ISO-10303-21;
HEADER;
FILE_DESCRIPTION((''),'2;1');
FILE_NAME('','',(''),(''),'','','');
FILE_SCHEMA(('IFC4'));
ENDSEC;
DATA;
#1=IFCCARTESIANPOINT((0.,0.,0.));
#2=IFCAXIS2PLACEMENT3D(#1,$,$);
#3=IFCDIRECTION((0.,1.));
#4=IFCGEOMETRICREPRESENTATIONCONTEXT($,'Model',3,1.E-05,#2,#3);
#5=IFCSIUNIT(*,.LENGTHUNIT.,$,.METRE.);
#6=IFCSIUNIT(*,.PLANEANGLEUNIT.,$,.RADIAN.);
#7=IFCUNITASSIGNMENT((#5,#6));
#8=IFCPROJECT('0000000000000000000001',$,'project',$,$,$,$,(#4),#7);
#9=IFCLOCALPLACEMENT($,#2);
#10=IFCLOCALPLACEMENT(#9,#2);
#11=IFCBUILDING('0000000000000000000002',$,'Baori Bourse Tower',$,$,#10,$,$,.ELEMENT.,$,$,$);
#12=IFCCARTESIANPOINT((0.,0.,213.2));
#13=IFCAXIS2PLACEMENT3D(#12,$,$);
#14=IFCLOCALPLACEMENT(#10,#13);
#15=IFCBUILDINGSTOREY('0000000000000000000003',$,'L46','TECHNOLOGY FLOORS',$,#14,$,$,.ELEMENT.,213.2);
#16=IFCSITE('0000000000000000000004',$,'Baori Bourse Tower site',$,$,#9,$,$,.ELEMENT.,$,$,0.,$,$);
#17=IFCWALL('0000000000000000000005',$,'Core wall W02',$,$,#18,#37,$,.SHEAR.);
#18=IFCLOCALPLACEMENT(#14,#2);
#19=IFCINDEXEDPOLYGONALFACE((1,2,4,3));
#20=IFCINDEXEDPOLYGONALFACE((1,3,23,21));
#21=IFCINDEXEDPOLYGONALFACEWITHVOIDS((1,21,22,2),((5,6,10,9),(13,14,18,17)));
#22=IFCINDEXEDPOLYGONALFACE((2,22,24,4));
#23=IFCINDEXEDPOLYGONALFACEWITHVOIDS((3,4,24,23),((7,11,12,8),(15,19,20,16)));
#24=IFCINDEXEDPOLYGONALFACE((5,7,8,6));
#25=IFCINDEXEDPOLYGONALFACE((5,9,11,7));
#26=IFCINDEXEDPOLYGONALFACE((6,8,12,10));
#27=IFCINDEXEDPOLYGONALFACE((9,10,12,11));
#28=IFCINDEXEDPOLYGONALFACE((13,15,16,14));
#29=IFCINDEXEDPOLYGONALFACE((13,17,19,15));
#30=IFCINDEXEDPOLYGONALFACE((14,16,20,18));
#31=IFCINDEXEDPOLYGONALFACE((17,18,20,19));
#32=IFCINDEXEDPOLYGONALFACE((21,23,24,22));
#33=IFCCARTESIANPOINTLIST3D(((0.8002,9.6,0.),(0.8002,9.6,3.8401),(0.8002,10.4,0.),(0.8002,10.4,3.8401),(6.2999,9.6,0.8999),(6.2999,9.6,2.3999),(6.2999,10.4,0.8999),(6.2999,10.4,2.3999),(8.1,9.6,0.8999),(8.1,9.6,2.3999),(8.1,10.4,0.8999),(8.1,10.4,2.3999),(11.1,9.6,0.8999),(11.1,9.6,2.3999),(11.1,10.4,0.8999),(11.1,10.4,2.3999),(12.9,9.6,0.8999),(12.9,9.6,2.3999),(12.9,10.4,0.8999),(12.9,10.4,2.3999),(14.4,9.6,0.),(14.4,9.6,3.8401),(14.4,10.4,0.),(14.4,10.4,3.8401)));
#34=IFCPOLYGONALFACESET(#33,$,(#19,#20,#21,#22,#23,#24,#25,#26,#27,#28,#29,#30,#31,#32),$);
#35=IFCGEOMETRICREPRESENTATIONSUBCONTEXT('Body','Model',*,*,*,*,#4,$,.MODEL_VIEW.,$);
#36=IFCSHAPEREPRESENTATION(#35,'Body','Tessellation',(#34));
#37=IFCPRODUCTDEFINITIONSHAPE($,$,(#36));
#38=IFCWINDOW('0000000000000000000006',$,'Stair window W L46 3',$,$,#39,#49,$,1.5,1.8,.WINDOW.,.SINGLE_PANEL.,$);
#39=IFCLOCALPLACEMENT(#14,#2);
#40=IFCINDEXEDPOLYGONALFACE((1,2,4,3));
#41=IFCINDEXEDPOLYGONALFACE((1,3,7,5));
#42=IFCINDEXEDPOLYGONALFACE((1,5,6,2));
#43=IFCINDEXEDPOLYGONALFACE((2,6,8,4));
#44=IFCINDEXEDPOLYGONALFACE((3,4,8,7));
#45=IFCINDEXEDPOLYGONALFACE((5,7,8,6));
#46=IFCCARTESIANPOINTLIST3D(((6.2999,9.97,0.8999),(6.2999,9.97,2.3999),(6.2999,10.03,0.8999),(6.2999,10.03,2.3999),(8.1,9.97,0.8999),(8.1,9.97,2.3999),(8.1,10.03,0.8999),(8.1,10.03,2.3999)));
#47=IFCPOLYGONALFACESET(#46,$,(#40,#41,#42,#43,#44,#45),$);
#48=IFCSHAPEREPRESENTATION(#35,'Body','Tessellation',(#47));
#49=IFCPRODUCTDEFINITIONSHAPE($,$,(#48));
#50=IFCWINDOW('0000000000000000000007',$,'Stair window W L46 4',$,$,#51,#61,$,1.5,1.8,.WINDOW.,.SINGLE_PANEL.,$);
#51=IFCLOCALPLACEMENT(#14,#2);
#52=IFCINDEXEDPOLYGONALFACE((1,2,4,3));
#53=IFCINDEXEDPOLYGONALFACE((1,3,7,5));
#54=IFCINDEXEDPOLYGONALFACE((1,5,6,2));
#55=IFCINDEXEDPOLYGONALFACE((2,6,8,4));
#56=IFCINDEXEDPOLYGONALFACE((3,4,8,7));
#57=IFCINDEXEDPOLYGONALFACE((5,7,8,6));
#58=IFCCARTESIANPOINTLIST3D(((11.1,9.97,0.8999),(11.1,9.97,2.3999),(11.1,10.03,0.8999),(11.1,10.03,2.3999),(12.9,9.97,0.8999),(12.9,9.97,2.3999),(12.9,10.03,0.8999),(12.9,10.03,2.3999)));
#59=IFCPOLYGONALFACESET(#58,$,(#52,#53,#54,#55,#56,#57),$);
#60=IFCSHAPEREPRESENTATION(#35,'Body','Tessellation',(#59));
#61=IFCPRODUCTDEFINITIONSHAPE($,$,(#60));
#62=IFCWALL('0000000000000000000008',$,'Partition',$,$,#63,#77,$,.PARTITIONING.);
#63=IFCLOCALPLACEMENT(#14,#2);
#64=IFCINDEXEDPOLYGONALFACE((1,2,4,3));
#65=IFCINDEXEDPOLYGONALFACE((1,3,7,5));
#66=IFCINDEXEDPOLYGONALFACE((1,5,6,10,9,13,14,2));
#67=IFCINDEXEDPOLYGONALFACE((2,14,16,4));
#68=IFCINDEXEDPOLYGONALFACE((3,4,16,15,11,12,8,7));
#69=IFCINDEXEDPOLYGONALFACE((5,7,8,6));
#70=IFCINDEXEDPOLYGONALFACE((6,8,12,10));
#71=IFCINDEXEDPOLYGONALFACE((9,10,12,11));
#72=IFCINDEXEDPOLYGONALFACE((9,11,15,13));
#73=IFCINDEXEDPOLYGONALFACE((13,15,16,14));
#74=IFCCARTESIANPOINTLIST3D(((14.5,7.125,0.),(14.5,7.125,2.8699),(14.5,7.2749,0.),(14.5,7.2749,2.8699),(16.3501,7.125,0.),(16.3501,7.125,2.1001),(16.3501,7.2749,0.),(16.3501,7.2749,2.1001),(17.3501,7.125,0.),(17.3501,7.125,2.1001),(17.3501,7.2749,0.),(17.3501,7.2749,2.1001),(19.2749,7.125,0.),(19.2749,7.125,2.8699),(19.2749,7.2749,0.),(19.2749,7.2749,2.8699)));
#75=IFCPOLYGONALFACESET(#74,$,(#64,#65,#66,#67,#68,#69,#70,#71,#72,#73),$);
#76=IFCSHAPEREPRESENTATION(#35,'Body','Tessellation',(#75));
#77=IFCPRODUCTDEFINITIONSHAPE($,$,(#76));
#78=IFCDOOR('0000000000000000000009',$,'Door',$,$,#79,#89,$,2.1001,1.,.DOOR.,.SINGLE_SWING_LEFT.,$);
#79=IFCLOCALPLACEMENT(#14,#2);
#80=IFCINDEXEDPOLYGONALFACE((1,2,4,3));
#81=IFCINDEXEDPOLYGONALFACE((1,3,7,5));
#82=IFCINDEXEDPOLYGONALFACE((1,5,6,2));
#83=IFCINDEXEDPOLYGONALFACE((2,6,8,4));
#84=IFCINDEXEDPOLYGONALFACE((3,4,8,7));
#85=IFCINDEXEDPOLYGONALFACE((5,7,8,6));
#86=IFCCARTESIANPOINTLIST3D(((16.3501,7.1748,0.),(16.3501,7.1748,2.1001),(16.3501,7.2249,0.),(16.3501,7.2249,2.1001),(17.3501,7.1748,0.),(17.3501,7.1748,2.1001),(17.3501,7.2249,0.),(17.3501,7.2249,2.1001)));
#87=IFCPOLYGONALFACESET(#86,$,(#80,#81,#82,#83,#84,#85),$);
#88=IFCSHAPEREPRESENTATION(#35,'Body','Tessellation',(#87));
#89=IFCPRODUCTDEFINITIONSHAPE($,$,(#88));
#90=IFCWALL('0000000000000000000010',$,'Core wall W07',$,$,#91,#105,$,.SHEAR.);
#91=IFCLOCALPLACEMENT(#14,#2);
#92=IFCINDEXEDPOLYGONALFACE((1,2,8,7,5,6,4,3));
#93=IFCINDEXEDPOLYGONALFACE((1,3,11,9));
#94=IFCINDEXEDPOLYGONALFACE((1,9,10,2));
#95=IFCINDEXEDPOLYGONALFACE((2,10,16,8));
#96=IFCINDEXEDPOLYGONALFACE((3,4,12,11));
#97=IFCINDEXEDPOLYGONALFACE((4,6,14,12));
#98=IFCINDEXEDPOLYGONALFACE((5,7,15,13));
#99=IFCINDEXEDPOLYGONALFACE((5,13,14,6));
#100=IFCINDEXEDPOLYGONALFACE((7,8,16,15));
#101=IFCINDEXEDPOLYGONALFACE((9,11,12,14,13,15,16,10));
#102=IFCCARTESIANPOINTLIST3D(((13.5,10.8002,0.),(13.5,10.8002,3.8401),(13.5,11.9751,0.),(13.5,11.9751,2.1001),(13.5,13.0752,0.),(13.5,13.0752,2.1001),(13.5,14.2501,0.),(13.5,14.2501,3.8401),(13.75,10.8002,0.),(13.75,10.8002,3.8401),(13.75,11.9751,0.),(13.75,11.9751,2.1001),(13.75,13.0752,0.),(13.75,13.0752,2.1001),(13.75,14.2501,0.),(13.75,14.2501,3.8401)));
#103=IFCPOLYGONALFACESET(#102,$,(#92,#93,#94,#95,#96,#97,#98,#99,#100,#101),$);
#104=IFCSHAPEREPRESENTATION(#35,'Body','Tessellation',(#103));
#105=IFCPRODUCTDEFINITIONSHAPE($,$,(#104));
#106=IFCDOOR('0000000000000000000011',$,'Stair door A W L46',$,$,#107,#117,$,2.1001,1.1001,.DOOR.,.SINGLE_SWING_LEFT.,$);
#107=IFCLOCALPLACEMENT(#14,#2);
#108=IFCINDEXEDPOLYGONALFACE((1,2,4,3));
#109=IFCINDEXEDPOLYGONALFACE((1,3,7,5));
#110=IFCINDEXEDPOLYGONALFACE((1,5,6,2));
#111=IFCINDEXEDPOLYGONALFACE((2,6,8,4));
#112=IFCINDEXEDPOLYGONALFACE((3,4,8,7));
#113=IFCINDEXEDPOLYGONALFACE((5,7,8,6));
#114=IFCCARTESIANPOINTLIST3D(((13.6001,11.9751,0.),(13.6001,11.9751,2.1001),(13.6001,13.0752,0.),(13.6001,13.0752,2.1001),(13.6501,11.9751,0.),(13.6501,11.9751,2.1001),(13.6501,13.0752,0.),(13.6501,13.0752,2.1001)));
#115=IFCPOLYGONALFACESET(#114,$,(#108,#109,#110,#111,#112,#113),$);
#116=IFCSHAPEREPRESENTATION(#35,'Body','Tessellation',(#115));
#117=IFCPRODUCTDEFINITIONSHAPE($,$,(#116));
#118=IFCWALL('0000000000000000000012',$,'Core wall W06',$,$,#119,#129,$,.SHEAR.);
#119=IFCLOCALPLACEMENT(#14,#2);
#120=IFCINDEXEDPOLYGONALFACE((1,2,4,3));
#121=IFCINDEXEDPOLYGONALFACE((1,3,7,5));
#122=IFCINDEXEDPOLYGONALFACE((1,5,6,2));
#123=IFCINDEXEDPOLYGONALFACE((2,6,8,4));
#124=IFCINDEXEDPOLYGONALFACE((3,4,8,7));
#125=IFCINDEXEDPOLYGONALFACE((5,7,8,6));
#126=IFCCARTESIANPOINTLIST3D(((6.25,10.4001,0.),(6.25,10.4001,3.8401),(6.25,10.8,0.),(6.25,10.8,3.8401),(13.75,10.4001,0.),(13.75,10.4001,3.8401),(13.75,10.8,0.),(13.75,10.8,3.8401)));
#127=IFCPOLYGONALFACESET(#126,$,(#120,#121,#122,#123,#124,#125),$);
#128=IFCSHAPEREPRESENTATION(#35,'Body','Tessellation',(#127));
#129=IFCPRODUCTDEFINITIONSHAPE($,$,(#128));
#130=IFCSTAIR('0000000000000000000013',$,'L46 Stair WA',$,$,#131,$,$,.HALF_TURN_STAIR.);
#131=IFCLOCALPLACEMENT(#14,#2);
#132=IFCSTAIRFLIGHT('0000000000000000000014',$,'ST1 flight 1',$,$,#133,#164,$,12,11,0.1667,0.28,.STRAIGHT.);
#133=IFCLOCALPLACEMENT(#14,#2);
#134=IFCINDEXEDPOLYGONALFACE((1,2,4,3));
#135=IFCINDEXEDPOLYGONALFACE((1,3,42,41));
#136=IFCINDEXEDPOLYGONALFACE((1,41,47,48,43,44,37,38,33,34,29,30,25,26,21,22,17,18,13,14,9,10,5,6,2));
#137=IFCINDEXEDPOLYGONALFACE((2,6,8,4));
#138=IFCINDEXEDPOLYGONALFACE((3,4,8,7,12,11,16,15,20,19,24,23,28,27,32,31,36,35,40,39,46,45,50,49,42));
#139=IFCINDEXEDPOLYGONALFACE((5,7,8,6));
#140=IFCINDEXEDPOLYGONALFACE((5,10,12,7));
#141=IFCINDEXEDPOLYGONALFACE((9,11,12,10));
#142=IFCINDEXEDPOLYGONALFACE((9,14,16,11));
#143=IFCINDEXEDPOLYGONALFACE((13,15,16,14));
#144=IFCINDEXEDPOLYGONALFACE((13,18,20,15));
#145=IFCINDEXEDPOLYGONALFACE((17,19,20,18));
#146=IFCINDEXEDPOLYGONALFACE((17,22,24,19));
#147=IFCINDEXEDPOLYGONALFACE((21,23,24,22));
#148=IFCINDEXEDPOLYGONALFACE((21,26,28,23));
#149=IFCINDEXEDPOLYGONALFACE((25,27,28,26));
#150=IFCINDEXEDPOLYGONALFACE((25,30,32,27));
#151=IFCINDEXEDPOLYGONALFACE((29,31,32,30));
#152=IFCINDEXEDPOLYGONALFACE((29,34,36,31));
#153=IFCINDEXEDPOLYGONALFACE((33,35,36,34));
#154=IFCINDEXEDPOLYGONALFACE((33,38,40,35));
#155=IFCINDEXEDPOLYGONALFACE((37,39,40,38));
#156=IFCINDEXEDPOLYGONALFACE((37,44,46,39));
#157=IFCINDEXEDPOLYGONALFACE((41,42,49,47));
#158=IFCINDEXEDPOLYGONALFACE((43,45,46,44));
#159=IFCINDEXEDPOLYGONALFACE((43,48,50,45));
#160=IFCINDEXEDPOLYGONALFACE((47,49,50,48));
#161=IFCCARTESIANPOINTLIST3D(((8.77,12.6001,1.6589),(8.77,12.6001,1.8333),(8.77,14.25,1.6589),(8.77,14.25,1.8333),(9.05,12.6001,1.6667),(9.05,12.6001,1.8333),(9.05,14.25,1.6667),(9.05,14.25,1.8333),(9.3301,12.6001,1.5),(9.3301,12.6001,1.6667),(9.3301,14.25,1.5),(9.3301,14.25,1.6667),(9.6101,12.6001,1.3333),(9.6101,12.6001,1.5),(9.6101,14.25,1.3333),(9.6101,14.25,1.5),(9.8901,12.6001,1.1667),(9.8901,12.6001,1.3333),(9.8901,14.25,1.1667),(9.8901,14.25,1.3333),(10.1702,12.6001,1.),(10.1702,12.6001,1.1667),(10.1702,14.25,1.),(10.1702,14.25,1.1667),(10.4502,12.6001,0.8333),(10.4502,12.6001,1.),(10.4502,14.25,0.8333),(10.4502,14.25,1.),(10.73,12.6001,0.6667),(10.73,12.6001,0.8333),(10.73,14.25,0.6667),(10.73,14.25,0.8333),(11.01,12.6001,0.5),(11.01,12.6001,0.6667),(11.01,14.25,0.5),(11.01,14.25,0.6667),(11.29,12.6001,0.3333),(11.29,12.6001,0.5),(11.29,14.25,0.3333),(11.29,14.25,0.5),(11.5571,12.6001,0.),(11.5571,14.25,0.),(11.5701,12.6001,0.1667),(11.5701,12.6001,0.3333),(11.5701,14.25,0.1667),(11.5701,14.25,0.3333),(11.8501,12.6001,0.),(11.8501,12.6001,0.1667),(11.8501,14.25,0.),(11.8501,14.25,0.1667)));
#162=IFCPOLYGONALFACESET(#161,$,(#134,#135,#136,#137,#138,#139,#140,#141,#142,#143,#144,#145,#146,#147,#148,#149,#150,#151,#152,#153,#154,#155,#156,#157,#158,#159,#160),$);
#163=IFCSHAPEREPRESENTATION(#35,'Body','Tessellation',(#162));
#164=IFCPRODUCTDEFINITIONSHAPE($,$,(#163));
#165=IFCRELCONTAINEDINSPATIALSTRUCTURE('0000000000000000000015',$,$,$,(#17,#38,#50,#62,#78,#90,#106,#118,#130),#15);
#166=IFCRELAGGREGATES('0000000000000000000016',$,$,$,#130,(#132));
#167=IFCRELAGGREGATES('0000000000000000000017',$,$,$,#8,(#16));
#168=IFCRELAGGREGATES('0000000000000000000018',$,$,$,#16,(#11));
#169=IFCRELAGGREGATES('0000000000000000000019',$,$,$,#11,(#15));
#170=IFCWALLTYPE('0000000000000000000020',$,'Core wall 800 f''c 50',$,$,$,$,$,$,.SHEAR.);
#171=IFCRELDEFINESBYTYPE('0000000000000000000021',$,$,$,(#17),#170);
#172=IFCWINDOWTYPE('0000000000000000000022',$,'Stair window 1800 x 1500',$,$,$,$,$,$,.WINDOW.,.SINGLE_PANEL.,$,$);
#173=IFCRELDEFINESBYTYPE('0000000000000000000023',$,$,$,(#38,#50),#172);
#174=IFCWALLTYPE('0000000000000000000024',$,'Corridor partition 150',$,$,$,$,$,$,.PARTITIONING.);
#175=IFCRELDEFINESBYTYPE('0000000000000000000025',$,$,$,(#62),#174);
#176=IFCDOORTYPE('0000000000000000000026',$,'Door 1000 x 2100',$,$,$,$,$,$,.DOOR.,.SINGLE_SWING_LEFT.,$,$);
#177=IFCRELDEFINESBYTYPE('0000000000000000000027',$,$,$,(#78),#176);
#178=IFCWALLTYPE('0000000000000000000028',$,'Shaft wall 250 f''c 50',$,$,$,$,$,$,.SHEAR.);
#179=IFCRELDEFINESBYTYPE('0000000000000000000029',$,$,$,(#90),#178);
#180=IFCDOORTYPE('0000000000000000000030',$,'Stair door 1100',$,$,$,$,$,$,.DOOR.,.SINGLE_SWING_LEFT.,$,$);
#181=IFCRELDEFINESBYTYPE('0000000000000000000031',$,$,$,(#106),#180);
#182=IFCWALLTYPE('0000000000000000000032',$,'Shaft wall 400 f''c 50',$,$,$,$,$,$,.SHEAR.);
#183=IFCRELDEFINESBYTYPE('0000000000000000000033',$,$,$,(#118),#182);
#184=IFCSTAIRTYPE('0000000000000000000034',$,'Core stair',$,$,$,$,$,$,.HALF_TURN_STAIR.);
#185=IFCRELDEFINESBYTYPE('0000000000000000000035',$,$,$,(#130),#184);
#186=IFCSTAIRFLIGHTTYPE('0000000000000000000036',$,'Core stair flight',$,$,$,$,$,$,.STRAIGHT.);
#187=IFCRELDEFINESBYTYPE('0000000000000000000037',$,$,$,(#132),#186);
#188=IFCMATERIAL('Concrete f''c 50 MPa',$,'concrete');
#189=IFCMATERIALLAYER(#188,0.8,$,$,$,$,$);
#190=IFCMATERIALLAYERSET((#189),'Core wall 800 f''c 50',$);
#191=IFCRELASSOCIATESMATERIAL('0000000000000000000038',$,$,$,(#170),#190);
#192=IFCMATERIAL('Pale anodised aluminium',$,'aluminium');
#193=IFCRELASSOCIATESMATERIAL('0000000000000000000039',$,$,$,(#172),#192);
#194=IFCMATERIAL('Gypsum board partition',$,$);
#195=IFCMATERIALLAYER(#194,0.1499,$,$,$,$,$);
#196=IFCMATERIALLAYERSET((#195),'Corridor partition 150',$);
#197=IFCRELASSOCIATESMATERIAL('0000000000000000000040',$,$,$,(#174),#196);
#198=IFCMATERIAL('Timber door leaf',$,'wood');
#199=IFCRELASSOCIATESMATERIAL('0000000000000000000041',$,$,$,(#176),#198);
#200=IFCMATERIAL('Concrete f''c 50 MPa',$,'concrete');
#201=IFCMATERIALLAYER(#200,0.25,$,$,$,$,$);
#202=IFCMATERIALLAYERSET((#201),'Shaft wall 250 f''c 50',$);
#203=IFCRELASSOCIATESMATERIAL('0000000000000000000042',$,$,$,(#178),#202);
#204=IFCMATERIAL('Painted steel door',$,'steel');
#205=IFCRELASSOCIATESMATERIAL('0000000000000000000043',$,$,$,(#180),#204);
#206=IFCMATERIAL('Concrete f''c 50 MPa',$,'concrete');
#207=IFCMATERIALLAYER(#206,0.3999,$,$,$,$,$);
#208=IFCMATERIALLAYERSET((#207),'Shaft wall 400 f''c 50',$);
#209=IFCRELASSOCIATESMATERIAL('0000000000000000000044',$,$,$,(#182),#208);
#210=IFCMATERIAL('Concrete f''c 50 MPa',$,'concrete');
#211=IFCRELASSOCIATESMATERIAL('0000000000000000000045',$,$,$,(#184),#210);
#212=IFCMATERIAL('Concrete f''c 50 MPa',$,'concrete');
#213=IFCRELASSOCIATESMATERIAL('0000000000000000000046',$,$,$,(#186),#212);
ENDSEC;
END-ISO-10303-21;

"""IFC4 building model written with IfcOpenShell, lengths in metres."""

from ifc_helpers import new_model, si_unit, direction, frame, frame_2d, origin, place, context, subcontext, project, spatial, polyline, rectangle, outline, extrude, material, layer, layer_set, type_object, element, fill, aggregate, save


model = new_model("IFC4")

# Units and contexts
model_context = context("Model", 3, precision=1e-05, world=origin(), true_north=direction((0.0, 1.0)))
body_context = subcontext(model_context, "Body", "Model", "MODEL_VIEW")
ifc_project = project(units=[si_unit("LENGTHUNIT", "METRE"), si_unit("PLANEANGLEUNIT", "RADIAN")], contexts=[model_context])

# Site, building, storey
site_placement = place(None, origin())
site = spatial("IfcSite", under=ifc_project, at=site_placement, Name="Baori Bourse Tower site", CompositionType="ELEMENT", RefElevation=0.0)
building_placement = place(site_placement, origin())
building = spatial("IfcBuilding", under=site, at=building_placement, Name="Baori Bourse Tower", CompositionType="ELEMENT")
storey_placement = place(building_placement, frame((0.0, 0.0, 213.2)))
storey = spatial("IfcBuildingStorey", under=building, at=storey_placement, Name="L46", Description="TECHNOLOGY FLOORS", CompositionType="ELEMENT", Elevation=213.2)

# Wall, openings, windows
ifc_material_1 = material(Name="Concrete f'c 50 MPa", Category="concrete")
ifc_layer_1 = layer(ifc_material_1, 0.8)
ifc_layer_set_1 = layer_set([ifc_layer_1], Name="Core wall 800 f'c 50")
wall_type_1 = type_object("IfcWallType", Name="Core wall 800 f'c 50", PredefinedType="SHEAR", material=ifc_layer_set_1)
wall_1_placement = place(storey_placement, frame((14.3999, 10.0, 0.0), z_axis=(0.0, 0.0, 1.0), x_axis=(-1.0, 0.0, 0.0)))
wall_1 = element("IfcWall", 1, at=wall_1_placement, inside=storey, type_object=wall_type_1, Name="Core wall W02", PredefinedType="SHEAR", context=body_context, shape_type="SweptSolid", body=[
    extrude(rectangle(XDim=13.5999, YDim=0.8, at=frame_2d((6.7998, 0.0))), origin(), (0.0, 0.0, 1.0), 3.8401),
])
opening_1_placement = place(wall_1_placement, frame((6.3, 0.0, 0.8999)))
opening_1 = element("IfcOpeningElement", 2, at=opening_1_placement, cuts=wall_1, PredefinedType="OPENING", context=body_context, shape_type="SweptSolid", body=[
    extrude(rectangle(XDim=1.8, YDim=1.5, at=frame_2d((0.8999, 0.75))), frame((0.0, 0.4099, 0.0), z_axis=(0.0, -1.0, 0.0), x_axis=(1.0, 0.0, 0.0)), (0.0, 0.0, 1.0), 0.8201),
])
opening_2_placement = place(wall_1_placement, frame((1.5, 0.0, 0.8999)))
opening_2 = element("IfcOpeningElement", 3, at=opening_2_placement, cuts=wall_1, PredefinedType="OPENING", context=body_context, shape_type="SweptSolid", body=[
    extrude(rectangle(XDim=1.8, YDim=1.5, at=frame_2d((0.8999, 0.75))), frame((0.0, 0.4099, 0.0), z_axis=(0.0, -1.0, 0.0), x_axis=(1.0, 0.0, 0.0)), (0.0, 0.0, 1.0), 0.8201),
])
ifc_material_2 = material(Name="Pale anodised aluminium", Category="aluminium")
window_type = type_object("IfcWindowType", Name="Stair window 1800 x 1500", PartitioningType="SINGLE_PANEL", PredefinedType="WINDOW", material=ifc_material_2)
window_1_placement = place(opening_1_placement, origin())
window_1 = element("IfcWindow", 4, at=window_1_placement, inside=storey, type_object=window_type, Name="Stair window W L46 3", OverallHeight=1.5, OverallWidth=1.8, PartitioningType="SINGLE_PANEL", PredefinedType="WINDOW", context=body_context, shape_type="SweptSolid", body=[
    extrude(rectangle(XDim=1.8, YDim=1.5, at=frame_2d((0.8999, 0.75))), frame((0.0, 0.03, 0.0), z_axis=(0.0, -1.0, 0.0), x_axis=(1.0, 0.0, 0.0)), (0.0, 0.0, 1.0), 0.0601),
])
fill(opening_1, window_1)
window_2_placement = place(opening_2_placement, origin())
window_2 = element("IfcWindow", 5, at=window_2_placement, inside=storey, type_object=window_type, Name="Stair window W L46 4", OverallHeight=1.5, OverallWidth=1.8, PartitioningType="SINGLE_PANEL", PredefinedType="WINDOW", context=body_context, shape_type="SweptSolid", body=[
    extrude(rectangle(XDim=1.8, YDim=1.5, at=frame_2d((0.8999, 0.75))), frame((0.0, 0.03, 0.0), z_axis=(0.0, -1.0, 0.0), x_axis=(1.0, 0.0, 0.0)), (0.0, 0.0, 1.0), 0.0601),
])
fill(opening_2, window_2)

# Walls, openings, doors
ifc_material_3 = material(Name="Gypsum board partition")
ifc_layer_2 = layer(ifc_material_3, 0.1499)
ifc_layer_set_2 = layer_set([ifc_layer_2], Name="Corridor partition 150")
wall_type_2 = type_object("IfcWallType", Name="Corridor partition 150", PredefinedType="PARTITIONING", material=ifc_layer_set_2)
wall_2_placement = place(storey_placement, frame((14.5, 7.2, 0.0), z_axis=(0.0, 0.0, 1.0), x_axis=(1.0, 0.0, 0.0)))
wall_2 = element("IfcWall", 6, at=wall_2_placement, inside=storey, type_object=wall_type_2, Name="Partition", PredefinedType="PARTITIONING", context=body_context, shape_type="SweptSolid", body=[
    extrude(rectangle(XDim=4.7749, YDim=0.1499, at=frame_2d((2.3875, 0.0))), origin(), (0.0, 0.0, 1.0), 2.8699),
])
opening_3_placement = place(wall_2_placement, frame((1.8501, 0.0, 0.0)))
opening_3 = element("IfcOpeningElement", 7, at=opening_3_placement, cuts=wall_2, PredefinedType="OPENING", context=body_context, shape_type="SweptSolid", body=[
    extrude(rectangle(XDim=1.0, YDim=2.1001, at=frame_2d((0.5, 1.05))), frame((0.0, 0.085, 0.0), z_axis=(0.0, -1.0, 0.0), x_axis=(1.0, 0.0, 0.0)), (0.0, 0.0, 1.0), 0.1699),
])
ifc_material_4 = material(Name="Timber door leaf", Category="wood")
door_type_1 = type_object("IfcDoorType", Name="Door 1000 x 2100", OperationType="SINGLE_SWING_LEFT", PredefinedType="DOOR", material=ifc_material_4)
door_1_placement = place(opening_3_placement, origin())
door_1 = element("IfcDoor", 8, at=door_1_placement, inside=storey, type_object=door_type_1, Name="Door", OperationType="SINGLE_SWING_LEFT", OverallHeight=2.1001, OverallWidth=1.0, PredefinedType="DOOR", context=body_context, shape_type="SweptSolid", body=[
    extrude(rectangle(XDim=1.0, YDim=2.1001, at=frame_2d((0.5, 1.05))), frame((0.0, 0.0249, 0.0), z_axis=(0.0, -1.0, 0.0), x_axis=(1.0, 0.0, 0.0)), (0.0, 0.0, 1.0), 0.05),
])
fill(opening_3, door_1)
ifc_material_5 = material(Name="Concrete f'c 50 MPa", Category="concrete")
ifc_layer_3 = layer(ifc_material_5, 0.25)
ifc_layer_set_3 = layer_set([ifc_layer_3], Name="Shaft wall 250 f'c 50")
wall_type_3 = type_object("IfcWallType", Name="Shaft wall 250 f'c 50", PredefinedType="SHEAR", material=ifc_layer_set_3)
wall_3_placement = place(storey_placement, frame((13.625, 10.8, 0.0), z_axis=(0.0, 0.0, 1.0), x_axis=(0.0, 1.0, 0.0)))
wall_3 = element("IfcWall", 9, at=wall_3_placement, inside=storey, type_object=wall_type_3, Name="Core wall W07", PredefinedType="SHEAR", context=body_context, shape_type="SweptSolid", body=[
    extrude(rectangle(XDim=3.45, YDim=0.25, at=frame_2d((1.7251, 0.0))), origin(), (0.0, 0.0, 1.0), 3.8401),
])
opening_4_placement = place(wall_3_placement, frame((1.175, 0.0, 0.0)))
opening_4 = element("IfcOpeningElement", 10, at=opening_4_placement, cuts=wall_3, PredefinedType="OPENING", context=body_context, shape_type="SweptSolid", body=[
    extrude(rectangle(XDim=1.1001, YDim=2.1001, at=frame_2d((0.55, 1.05))), frame((0.0, 0.135, 0.0), z_axis=(0.0, -1.0, 0.0), x_axis=(1.0, 0.0, 0.0)), (0.0, 0.0, 1.0), 0.27),
])
ifc_material_6 = material(Name="Painted steel door", Category="steel")
door_type_2 = type_object("IfcDoorType", Name="Stair door 1100", OperationType="SINGLE_SWING_LEFT", PredefinedType="DOOR", material=ifc_material_6)
door_2_placement = place(opening_4_placement, origin())
door_2 = element("IfcDoor", 11, at=door_2_placement, inside=storey, type_object=door_type_2, Name="Stair door A W L46", OperationType="SINGLE_SWING_LEFT", OverallHeight=2.1001, OverallWidth=1.1001, PredefinedType="DOOR", context=body_context, shape_type="SweptSolid", body=[
    extrude(rectangle(XDim=1.1001, YDim=2.1001, at=frame_2d((0.55, 1.05))), frame((0.0, 0.0249, 0.0), z_axis=(0.0, -1.0, 0.0), x_axis=(1.0, 0.0, 0.0)), (0.0, 0.0, 1.0), 0.05),
])
fill(opening_4, door_2)

# Wall
ifc_material_7 = material(Name="Concrete f'c 50 MPa", Category="concrete")
ifc_layer_4 = layer(ifc_material_7, 0.3999)
ifc_layer_set_4 = layer_set([ifc_layer_4], Name="Shaft wall 400 f'c 50")
wall_type_4 = type_object("IfcWallType", Name="Shaft wall 400 f'c 50", PredefinedType="SHEAR", material=ifc_layer_set_4)
wall_4_placement = place(storey_placement, frame((6.25, 10.6001, 0.0), z_axis=(0.0, 0.0, 1.0), x_axis=(1.0, 0.0, 0.0)))
element("IfcWall", 12, at=wall_4_placement, inside=storey, type_object=wall_type_4, Name="Core wall W06", PredefinedType="SHEAR", context=body_context, shape_type="SweptSolid", body=[
    extrude(rectangle(XDim=7.5, YDim=0.3999, at=frame_2d((3.75, 0.0))), origin(), (0.0, 0.0, 1.0), 3.8401),
])

# Stair, stair flight
ifc_material_8 = material(Name="Concrete f'c 50 MPa", Category="concrete")
stair_type = type_object("IfcStairType", Name="Core stair", PredefinedType="HALF_TURN_STAIR", material=ifc_material_8)
stair_placement = place(storey_placement, origin())
stair = element("IfcStair", 13, at=stair_placement, inside=storey, type_object=stair_type, Name="L46 Stair WA", PredefinedType="HALF_TURN_STAIR")
ifc_material_9 = material(Name="Concrete f'c 50 MPa", Category="concrete")
stair_flight_type = type_object("IfcStairFlightType", Name="Core stair flight", PredefinedType="STRAIGHT", material=ifc_material_9)
stair_flight_1_placement = place(storey_placement, frame((11.8501, 13.425, 0.0), z_axis=(0.0, 0.0, 1.0), x_axis=(-1.0, 0.0, 0.0)))
stair_flight_1 = element("IfcStairFlight", 14, at=stair_flight_1_placement, type_object=stair_flight_type, Name="ST1 flight 1", NumberOfRisers=12, NumberOfTreads=11, PredefinedType="STRAIGHT", RiserHeight=0.1667, TreadLength=0.28, context=body_context, shape_type="SweptSolid", body=[
    extrude(outline(polyline([(0.0, 0.0), (0.0, 0.1667), (0.28, 0.1667), (0.28, 0.3333), (0.5601, 0.3333), (0.5601, 0.5), (0.8401, 0.5), (0.8401, 0.6667), (1.1201, 0.6667), (1.1201, 0.8333), (1.3999, 0.8333), (1.3999, 1.0), (1.6799, 1.0), (1.6799, 1.1667), (1.96, 1.1667), (1.96, 1.3333), (2.24, 1.3333), (2.24, 1.5), (2.52, 1.5), (2.52, 1.6667), (2.8, 1.6667), (2.8, 1.8333), (3.0801, 1.8333), (3.0801, 2.0), (3.0801, 1.6589), (0.293, 0.0), (0.0, 0.0)])), frame((0.0, 0.825, 0.0), z_axis=(0.0, -1.0, 0.0), x_axis=(1.0, 0.0, 0.0)), (0.0, 0.0, 1.0), 1.6499),
])
aggregate(stair, [stair_flight_1])

save(model, "model.ifc")
